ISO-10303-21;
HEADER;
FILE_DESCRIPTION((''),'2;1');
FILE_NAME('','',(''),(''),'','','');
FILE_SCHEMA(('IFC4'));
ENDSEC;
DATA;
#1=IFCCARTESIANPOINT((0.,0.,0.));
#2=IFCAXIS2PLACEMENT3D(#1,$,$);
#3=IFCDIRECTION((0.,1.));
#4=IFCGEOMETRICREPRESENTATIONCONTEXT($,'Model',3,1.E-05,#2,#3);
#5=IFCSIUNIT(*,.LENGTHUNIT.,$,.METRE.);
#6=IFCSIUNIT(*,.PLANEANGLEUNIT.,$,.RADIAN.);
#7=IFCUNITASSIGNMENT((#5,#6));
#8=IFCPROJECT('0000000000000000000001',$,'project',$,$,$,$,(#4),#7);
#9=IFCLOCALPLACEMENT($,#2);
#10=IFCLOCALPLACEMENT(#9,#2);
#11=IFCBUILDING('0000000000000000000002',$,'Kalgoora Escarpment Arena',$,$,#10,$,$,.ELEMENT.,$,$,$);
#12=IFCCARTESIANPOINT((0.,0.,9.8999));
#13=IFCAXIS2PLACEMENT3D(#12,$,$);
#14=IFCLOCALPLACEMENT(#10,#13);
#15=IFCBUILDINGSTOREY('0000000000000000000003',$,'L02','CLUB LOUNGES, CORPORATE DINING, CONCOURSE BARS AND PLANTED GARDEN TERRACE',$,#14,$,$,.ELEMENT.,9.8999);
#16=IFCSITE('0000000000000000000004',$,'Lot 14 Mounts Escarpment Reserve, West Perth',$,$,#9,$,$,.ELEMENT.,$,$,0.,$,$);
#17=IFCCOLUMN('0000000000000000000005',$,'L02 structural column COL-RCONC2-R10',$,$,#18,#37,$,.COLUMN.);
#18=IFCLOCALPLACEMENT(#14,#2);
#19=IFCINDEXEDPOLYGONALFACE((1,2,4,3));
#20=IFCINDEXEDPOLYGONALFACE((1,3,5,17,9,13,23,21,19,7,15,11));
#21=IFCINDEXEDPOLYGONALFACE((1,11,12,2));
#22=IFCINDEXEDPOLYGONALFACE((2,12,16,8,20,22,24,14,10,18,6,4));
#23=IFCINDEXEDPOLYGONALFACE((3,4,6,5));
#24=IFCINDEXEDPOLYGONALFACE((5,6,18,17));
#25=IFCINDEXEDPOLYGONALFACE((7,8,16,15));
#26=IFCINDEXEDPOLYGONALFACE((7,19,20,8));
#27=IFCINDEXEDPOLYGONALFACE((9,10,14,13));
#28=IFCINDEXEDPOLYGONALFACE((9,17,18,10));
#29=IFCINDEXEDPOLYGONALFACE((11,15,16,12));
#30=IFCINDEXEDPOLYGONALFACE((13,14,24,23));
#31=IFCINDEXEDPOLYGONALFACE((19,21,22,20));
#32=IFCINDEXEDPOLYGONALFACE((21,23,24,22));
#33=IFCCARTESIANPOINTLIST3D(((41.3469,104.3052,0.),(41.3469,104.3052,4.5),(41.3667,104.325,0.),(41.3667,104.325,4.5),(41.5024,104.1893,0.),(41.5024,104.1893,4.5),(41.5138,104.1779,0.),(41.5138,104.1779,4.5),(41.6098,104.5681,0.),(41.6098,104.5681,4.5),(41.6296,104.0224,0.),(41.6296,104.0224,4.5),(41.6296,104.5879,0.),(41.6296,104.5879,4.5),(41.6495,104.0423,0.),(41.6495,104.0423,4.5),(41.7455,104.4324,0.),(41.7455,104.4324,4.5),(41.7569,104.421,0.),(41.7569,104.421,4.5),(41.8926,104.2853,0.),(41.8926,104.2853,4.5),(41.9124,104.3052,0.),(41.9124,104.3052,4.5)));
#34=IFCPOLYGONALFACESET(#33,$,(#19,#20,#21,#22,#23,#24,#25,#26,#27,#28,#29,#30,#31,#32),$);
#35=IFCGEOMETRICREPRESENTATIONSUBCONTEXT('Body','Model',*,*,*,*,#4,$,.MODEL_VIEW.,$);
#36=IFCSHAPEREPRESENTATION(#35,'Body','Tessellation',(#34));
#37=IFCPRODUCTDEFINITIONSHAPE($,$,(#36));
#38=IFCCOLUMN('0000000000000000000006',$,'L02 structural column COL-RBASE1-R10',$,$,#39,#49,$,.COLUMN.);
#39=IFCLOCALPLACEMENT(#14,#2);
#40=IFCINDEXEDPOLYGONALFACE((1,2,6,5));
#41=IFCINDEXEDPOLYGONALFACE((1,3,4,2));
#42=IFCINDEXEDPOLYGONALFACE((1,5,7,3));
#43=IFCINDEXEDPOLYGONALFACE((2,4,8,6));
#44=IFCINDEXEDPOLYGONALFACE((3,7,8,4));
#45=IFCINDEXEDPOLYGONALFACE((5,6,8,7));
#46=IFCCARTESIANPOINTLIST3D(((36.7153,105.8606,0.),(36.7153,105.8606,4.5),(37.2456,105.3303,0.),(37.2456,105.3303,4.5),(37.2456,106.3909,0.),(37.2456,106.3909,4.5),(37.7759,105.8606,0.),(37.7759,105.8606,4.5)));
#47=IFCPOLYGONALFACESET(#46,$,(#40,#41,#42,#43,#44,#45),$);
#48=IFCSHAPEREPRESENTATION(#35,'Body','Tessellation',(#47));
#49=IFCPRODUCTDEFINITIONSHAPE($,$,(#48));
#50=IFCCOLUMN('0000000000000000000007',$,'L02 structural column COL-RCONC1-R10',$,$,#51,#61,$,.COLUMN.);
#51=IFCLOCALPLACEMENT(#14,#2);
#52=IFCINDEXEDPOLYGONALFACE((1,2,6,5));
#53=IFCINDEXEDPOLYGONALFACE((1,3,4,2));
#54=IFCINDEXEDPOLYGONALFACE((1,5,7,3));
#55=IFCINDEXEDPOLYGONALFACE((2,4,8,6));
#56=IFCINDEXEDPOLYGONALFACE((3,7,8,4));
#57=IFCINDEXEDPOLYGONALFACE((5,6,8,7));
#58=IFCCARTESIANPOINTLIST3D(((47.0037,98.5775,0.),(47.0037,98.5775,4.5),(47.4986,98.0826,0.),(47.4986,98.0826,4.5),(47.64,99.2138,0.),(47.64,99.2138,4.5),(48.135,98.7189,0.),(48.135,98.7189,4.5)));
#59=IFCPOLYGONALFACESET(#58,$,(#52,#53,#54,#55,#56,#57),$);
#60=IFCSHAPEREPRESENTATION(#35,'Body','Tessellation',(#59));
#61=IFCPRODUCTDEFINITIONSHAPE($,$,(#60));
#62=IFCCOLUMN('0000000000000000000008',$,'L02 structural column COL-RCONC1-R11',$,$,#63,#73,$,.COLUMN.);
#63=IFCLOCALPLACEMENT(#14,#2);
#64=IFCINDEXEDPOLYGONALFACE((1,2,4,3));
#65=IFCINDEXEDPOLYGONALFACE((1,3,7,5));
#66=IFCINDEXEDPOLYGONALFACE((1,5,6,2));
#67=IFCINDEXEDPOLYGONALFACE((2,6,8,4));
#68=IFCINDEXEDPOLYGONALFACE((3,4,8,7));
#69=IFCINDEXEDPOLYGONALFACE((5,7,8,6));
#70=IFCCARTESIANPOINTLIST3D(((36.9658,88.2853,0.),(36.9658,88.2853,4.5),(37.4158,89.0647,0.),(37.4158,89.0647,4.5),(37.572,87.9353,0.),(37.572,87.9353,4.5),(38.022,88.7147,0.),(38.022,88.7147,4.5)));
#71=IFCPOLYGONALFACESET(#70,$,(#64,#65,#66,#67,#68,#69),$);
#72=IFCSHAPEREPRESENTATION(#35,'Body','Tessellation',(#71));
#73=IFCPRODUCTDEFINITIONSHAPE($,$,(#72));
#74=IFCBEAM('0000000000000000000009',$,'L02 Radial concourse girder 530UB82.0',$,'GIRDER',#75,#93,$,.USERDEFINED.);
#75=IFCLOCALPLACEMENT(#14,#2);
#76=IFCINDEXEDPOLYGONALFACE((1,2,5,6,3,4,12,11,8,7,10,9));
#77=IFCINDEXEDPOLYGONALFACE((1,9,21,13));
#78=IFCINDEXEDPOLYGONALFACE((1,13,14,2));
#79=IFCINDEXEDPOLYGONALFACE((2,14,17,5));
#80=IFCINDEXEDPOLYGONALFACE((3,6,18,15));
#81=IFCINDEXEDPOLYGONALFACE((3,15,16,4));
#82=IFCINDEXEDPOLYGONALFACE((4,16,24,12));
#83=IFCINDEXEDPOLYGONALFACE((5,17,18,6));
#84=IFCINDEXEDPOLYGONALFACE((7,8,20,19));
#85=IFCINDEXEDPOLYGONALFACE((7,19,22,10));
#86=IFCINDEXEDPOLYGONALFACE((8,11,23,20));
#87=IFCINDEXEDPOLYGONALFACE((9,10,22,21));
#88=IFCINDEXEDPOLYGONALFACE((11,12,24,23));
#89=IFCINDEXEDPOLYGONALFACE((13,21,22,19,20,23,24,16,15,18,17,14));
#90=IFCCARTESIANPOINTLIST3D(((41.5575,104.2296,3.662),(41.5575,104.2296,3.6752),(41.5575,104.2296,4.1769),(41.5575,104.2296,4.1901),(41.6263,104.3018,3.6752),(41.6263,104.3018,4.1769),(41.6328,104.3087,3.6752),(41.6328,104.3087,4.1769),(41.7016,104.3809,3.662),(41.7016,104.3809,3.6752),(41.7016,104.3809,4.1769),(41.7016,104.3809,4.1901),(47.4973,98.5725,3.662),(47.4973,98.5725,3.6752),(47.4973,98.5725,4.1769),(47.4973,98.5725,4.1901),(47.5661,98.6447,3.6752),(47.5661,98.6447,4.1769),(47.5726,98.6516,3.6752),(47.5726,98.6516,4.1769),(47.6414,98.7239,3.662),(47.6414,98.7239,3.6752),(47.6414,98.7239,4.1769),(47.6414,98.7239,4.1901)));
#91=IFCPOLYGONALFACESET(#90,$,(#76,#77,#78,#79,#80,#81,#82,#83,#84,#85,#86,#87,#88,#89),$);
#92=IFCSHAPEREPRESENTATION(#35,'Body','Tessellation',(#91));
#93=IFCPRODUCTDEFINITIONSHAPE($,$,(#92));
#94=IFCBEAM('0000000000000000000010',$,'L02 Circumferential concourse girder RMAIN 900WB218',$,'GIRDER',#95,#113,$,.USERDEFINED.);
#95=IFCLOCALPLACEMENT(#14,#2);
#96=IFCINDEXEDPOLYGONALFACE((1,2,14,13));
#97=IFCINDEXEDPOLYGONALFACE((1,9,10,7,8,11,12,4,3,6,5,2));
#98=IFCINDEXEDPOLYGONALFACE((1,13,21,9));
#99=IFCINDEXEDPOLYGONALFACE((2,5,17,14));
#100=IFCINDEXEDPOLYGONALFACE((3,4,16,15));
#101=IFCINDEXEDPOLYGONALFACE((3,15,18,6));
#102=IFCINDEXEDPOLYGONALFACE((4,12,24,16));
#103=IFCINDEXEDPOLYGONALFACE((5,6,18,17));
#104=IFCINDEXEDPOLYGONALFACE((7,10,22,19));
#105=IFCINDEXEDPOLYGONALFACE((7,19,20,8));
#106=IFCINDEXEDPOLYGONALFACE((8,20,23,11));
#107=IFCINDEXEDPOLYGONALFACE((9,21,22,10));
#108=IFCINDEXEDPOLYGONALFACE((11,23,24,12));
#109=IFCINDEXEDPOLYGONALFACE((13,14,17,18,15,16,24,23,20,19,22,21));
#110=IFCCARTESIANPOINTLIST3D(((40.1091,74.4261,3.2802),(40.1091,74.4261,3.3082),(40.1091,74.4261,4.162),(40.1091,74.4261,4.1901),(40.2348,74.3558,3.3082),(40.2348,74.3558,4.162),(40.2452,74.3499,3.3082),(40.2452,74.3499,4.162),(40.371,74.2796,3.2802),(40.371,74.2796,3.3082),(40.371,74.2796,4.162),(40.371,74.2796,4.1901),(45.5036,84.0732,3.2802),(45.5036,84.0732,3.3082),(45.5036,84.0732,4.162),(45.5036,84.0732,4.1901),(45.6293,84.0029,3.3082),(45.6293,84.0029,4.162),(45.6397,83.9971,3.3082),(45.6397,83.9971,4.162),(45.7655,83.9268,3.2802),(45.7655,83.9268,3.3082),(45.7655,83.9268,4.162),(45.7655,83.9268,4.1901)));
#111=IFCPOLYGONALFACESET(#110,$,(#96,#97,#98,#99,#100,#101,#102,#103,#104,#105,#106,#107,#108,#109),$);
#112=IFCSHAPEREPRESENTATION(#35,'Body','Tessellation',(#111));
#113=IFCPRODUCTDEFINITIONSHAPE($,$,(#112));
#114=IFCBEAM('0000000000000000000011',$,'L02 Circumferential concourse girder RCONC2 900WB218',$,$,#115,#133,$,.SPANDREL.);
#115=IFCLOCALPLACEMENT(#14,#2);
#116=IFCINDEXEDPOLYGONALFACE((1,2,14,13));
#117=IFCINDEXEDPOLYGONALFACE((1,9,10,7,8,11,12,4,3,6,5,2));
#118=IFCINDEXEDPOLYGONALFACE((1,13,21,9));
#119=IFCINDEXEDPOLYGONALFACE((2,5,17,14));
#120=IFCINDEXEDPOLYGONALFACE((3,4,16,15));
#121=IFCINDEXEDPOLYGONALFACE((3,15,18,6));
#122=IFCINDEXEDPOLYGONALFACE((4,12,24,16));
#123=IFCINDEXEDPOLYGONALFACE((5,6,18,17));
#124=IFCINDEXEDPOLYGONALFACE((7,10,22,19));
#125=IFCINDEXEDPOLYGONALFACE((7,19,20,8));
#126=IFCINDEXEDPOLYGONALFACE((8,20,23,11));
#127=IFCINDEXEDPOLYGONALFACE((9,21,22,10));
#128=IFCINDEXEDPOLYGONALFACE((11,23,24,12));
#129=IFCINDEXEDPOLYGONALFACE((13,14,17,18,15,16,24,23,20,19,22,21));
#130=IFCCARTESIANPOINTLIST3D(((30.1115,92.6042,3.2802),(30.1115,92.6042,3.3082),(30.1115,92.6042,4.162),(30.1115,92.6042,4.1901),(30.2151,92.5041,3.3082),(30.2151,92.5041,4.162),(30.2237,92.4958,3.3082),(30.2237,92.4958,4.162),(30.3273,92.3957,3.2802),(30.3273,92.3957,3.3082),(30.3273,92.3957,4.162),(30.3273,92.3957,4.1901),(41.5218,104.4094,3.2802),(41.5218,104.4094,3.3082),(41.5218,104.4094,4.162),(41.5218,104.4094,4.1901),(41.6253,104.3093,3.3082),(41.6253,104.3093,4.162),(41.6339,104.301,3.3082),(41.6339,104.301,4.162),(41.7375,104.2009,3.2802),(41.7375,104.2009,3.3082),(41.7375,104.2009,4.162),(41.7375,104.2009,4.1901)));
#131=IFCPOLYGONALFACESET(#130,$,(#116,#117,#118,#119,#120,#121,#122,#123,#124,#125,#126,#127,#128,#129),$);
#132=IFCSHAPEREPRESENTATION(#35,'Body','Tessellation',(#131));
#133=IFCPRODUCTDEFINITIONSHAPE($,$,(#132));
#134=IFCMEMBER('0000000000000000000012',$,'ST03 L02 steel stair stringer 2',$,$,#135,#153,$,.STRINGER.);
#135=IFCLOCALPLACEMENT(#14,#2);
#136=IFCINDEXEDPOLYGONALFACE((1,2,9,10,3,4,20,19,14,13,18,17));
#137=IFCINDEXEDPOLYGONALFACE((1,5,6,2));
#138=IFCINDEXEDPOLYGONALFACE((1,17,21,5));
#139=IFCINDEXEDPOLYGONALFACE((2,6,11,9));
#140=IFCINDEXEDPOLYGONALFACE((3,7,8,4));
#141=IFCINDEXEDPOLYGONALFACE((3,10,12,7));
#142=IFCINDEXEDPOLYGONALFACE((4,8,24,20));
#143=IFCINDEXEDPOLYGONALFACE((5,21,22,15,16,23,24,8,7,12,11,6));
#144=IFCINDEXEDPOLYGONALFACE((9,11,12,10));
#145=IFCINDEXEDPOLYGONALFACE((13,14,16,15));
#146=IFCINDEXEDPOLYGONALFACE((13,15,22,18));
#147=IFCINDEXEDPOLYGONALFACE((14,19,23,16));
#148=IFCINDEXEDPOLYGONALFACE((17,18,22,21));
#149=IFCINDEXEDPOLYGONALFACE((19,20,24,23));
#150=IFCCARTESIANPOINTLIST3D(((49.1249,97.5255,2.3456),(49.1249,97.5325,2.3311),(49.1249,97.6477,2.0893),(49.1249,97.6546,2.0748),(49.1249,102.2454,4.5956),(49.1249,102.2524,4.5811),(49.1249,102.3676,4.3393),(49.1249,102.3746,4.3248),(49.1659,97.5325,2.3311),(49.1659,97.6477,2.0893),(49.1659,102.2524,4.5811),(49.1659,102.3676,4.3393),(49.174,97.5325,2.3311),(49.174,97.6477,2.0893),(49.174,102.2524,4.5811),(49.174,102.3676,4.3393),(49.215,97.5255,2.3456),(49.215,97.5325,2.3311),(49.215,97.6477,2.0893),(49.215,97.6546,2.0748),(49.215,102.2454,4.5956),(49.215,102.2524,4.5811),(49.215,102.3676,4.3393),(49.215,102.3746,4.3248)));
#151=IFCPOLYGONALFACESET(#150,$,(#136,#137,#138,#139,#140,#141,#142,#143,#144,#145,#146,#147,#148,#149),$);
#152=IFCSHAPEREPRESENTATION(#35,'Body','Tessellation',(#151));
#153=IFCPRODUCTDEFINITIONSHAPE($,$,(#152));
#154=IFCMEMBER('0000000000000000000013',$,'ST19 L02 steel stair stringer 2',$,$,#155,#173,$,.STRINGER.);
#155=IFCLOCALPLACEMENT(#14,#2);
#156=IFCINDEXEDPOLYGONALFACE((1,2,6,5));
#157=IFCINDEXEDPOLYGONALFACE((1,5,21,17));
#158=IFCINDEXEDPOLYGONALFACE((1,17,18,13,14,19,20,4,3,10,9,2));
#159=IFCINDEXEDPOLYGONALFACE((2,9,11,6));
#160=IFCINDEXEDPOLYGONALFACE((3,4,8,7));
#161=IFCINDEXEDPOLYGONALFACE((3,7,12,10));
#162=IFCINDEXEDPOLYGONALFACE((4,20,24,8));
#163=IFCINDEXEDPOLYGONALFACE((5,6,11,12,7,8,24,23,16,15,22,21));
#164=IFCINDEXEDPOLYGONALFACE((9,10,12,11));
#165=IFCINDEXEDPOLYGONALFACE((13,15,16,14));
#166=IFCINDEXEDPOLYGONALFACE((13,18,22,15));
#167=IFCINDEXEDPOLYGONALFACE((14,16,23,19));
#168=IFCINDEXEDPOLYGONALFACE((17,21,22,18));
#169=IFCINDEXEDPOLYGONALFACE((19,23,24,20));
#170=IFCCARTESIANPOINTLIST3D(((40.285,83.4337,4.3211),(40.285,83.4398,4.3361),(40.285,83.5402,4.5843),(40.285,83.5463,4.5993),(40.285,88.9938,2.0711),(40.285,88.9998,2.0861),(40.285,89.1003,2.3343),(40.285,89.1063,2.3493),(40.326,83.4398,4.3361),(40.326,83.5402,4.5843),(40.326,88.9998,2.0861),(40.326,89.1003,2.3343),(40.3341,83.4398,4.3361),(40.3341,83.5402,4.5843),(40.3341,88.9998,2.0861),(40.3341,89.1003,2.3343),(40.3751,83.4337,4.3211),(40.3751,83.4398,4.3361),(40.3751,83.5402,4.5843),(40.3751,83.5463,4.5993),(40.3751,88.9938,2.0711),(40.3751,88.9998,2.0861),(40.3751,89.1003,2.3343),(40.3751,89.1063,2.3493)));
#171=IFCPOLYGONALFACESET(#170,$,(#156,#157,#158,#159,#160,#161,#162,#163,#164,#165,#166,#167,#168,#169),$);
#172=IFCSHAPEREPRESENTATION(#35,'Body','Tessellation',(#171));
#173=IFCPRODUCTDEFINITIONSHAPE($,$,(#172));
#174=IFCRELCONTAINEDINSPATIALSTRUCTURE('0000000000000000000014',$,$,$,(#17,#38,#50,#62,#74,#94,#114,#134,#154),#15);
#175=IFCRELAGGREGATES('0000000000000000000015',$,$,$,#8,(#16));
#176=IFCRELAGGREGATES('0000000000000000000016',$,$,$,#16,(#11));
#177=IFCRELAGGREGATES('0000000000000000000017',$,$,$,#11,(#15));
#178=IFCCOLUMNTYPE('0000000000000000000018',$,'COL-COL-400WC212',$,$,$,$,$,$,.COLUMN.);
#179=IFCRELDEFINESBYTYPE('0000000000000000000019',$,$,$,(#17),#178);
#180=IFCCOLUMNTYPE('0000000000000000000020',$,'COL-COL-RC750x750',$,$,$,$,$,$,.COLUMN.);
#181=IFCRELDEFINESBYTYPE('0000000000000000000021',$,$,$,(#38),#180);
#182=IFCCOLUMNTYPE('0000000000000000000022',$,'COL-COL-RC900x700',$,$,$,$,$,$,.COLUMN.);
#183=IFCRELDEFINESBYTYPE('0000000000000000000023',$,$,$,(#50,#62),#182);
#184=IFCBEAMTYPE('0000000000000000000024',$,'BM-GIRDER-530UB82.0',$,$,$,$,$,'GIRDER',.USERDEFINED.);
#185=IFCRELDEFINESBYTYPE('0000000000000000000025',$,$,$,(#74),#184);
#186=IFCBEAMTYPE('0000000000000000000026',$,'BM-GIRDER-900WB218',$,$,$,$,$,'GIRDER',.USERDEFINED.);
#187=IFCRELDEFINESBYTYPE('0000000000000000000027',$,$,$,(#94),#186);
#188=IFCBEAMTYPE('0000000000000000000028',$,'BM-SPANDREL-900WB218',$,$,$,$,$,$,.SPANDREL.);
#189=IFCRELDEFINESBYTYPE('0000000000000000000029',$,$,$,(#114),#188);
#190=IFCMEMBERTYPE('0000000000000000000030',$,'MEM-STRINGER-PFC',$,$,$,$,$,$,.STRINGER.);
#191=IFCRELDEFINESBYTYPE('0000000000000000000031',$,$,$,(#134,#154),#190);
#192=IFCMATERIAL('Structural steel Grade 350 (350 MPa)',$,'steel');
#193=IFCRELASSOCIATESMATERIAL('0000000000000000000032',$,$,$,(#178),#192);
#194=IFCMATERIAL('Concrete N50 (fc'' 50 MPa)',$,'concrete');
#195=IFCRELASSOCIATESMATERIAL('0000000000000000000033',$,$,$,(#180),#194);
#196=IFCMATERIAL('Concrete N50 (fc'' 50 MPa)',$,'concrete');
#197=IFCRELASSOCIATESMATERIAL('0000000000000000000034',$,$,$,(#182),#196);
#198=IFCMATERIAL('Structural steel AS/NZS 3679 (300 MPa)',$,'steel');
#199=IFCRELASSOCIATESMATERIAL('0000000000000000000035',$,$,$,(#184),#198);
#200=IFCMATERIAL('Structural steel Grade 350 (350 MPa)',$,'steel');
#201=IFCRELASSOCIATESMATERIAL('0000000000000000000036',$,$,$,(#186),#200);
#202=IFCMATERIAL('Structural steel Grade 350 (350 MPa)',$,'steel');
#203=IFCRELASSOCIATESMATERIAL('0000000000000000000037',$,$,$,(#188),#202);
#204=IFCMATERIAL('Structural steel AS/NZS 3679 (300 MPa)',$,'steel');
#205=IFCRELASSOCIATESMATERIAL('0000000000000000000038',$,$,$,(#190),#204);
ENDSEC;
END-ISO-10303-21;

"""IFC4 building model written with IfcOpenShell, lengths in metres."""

from ifc_helpers import new_model, si_unit, direction, frame, origin, origin_2d, place, context, subcontext, project, spatial, rectangle, i_section, extrude, material, material_profile, profile_set, type_object, element, save


model = new_model("IFC4")

# Units and contexts
model_context = context("Model", 3, precision=1e-05, world=origin(), true_north=direction((0.0, 1.0)))
body_context = subcontext(model_context, "Body", "Model", "MODEL_VIEW")
ifc_project = project(units=[si_unit("LENGTHUNIT", "METRE"), si_unit("PLANEANGLEUNIT", "RADIAN")], contexts=[model_context])

# Site, building, storey
site_placement = place(None, origin())
site = spatial("IfcSite", under=ifc_project, at=site_placement, Name="Lot 14 Mounts Escarpment Reserve, West Perth", CompositionType="ELEMENT", RefElevation=0.0)
building_placement = place(site_placement, origin())
building = spatial("IfcBuilding", under=site, at=building_placement, Name="Kalgoora Escarpment Arena", CompositionType="ELEMENT")
storey_placement = place(building_placement, frame((0.0, 0.0, 9.8999)))
storey = spatial("IfcBuildingStorey", under=building, at=storey_placement, Name="L02", Description="CLUB LOUNGES, CORPORATE DINING, CONCOURSE BARS AND PLANTED GARDEN TERRACE", CompositionType="ELEMENT", Elevation=9.8999)

# Columns
ifc_material_1 = material(Name="Structural steel Grade 350 (350 MPa)", Category="steel")
ifc_material_profile_1 = material_profile(ifc_material_1, i_section(OverallWidth=0.3999, OverallDepth=0.3999, WebThickness=0.0161, FlangeThickness=0.0281, at=origin_2d()))
ifc_profile_set_1 = profile_set([ifc_material_profile_1], Name="Structural steel Grade 350 (350 MPa)")
column_type_1 = type_object("IfcColumnType", Name="COL-COL-400WC212", PredefinedType="COLUMN", material=ifc_profile_set_1)
column_1_placement = place(storey_placement, frame((41.6296, 104.3052, 0.0), z_axis=(0.0, 0.0, 1.0), x_axis=(-0.707107, 0.707107, 0.0)))
element("IfcColumn", 1, at=column_1_placement, inside=storey, type_object=column_type_1, Name="L02 structural column COL-RCONC2-R10", PredefinedType="COLUMN", context=body_context, shape_type="SweptSolid", body=[
    extrude(i_section(OverallWidth=0.3999, OverallDepth=0.3999, WebThickness=0.0161, FlangeThickness=0.0281, at=origin_2d()), origin(), (0.0, 0.0, 1.0), 4.5),
])
ifc_material_2 = material(Name="Concrete N50 (fc' 50 MPa)", Category="concrete")
ifc_material_profile_2 = material_profile(ifc_material_2, rectangle(XDim=0.75, YDim=0.75, at=origin_2d()))
ifc_profile_set_2 = profile_set([ifc_material_profile_2], Name="Concrete N50 (fc' 50 MPa)")
column_type_2 = type_object("IfcColumnType", Name="COL-COL-RC750x750", PredefinedType="COLUMN", material=ifc_profile_set_2)
column_2_placement = place(storey_placement, frame((37.2456, 105.8606, 0.0), z_axis=(0.0, 0.0, 1.0), x_axis=(-0.707107, 0.707107, 0.0)))
element("IfcColumn", 2, at=column_2_placement, inside=storey, type_object=column_type_2, Name="L02 structural column COL-RBASE1-R10", PredefinedType="COLUMN", context=body_context, shape_type="SweptSolid", body=[
    extrude(rectangle(XDim=0.75, YDim=0.75, at=origin_2d()), origin(), (0.0, 0.0, 1.0), 4.5),
])
ifc_material_3 = material(Name="Concrete N50 (fc' 50 MPa)", Category="concrete")
ifc_material_profile_3 = material_profile(ifc_material_3, rectangle(XDim=0.7, YDim=0.8999, at=origin_2d()))
ifc_profile_set_3 = profile_set([ifc_material_profile_3], Name="Concrete N50 (fc' 50 MPa)")
column_type_3 = type_object("IfcColumnType", Name="COL-COL-RC900x700", PredefinedType="COLUMN", material=ifc_profile_set_3)
for number, where, z_axis, x_axis, name in (
    (3, (47.5693, 98.6482, 0.0), (0.0, 0.0, 1.0), (-0.707107, 0.707107, 0.0), "L02 structural column COL-RCONC1-R10"),
    (4, (37.4939, 88.5, 0.0), (0.0, 0.0, 1.0), (-0.866025, 0.5, 0.0), "L02 structural column COL-RCONC1-R11"),
):
    element("IfcColumn", number, at=place(storey_placement, frame(where, z_axis=z_axis, x_axis=x_axis)), inside=storey, type_object=column_type_3, Name=name, PredefinedType="COLUMN", context=body_context, shape_type="SweptSolid", body=[
        extrude(rectangle(XDim=0.7, YDim=0.8999, at=origin_2d()), origin(), (0.0, 0.0, 1.0), 4.5),
    ])

# Beams
ifc_material_4 = material(Name="Structural steel AS/NZS 3679 (300 MPa)", Category="steel")
ifc_material_profile_4 = material_profile(ifc_material_4, i_section(OverallWidth=0.209, OverallDepth=0.5281, WebThickness=0.0095, FlangeThickness=0.0132, at=origin_2d()))
ifc_profile_set_4 = profile_set([ifc_material_profile_4], Name="Structural steel AS/NZS 3679 (300 MPa)")
beam_type_1 = type_object("IfcBeamType", Name="BM-GIRDER-530UB82.0", ElementType="GIRDER", PredefinedType="USERDEFINED", material=ifc_profile_set_4)
beam_1_placement = place(storey_placement, frame((47.5693, 98.6482, 3.926), z_axis=(-0.72413, 0.689663, 0.0), x_axis=(-0.689663, -0.72413, 0.0)))
element("IfcBeam", 5, at=beam_1_placement, inside=storey, type_object=beam_type_1, Name="L02 Radial concourse girder 530UB82.0", ObjectType="GIRDER", PredefinedType="USERDEFINED", context=body_context, shape_type="SweptSolid", body=[
    extrude(i_section(OverallWidth=0.209, OverallDepth=0.5281, WebThickness=0.0095, FlangeThickness=0.0132, at=origin_2d()), origin(), (0.0, 0.0, 1.0), 8.2026),
])
ifc_material_5 = material(Name="Structural steel Grade 350 (350 MPa)", Category="steel")
ifc_material_profile_5 = material_profile(ifc_material_5, i_section(OverallWidth=0.3, OverallDepth=0.9099, WebThickness=0.012, FlangeThickness=0.0281, at=origin_2d()))
ifc_profile_set_5 = profile_set([ifc_material_profile_5], Name="Structural steel Grade 350 (350 MPa)")
beam_type_2 = type_object("IfcBeamType", Name="BM-GIRDER-900WB218", ElementType="GIRDER", PredefinedType="USERDEFINED", material=ifc_profile_set_5)
beam_2_placement = place(storey_placement, frame((45.6345, 84.0, 3.7351), z_axis=(-0.488058, -0.872811, 0.0), x_axis=(0.872811, -0.488058, 0.0)))
element("IfcBeam", 6, at=beam_2_placement, inside=storey, type_object=beam_type_2, Name="L02 Circumferential concourse girder RMAIN 900WB218", ObjectType="GIRDER", PredefinedType="USERDEFINED", context=body_context, shape_type="SweptSolid", body=[
    extrude(i_section(OverallWidth=0.3, OverallDepth=0.9099, WebThickness=0.012, FlangeThickness=0.0281, at=origin_2d()), origin(), (0.0, 0.0, 1.0), 11.053),
])
ifc_material_6 = material(Name="Structural steel Grade 350 (350 MPa)", Category="steel")
ifc_material_profile_6 = material_profile(ifc_material_6, i_section(OverallWidth=0.3, OverallDepth=0.9099, WebThickness=0.012, FlangeThickness=0.0281, at=origin_2d()))
ifc_profile_set_6 = profile_set([ifc_material_profile_6], Name="Structural steel Grade 350 (350 MPa)")
beam_type_3 = type_object("IfcBeamType", Name="BM-SPANDREL-900WB218", PredefinedType="SPANDREL", material=ifc_profile_set_6)
beam_3_placement = place(storey_placement, frame((41.6296, 104.3052, 3.7351), z_axis=(-0.694974, -0.719034, 0.0), x_axis=(0.719034, -0.694974, 0.0)))
element("IfcBeam", 7, at=beam_3_placement, inside=storey, type_object=beam_type_3, Name="L02 Circumferential concourse girder RCONC2 900WB218", PredefinedType="SPANDREL", context=body_context, shape_type="SweptSolid", body=[
    extrude(i_section(OverallWidth=0.3, OverallDepth=0.9099, WebThickness=0.012, FlangeThickness=0.0281, at=origin_2d()), origin(), (0.0, 0.0, 1.0), 16.4182),
])

# Members
ifc_material_7 = material(Name="Structural steel AS/NZS 3679 (300 MPa)", Category="steel")
ifc_material_profile_7 = material_profile(ifc_material_7, i_section(OverallWidth=0.0901, OverallDepth=0.3, WebThickness=0.0081, FlangeThickness=0.0161, at=origin_2d()))
ifc_profile_set_7 = profile_set([ifc_material_profile_7], Name="Structural steel AS/NZS 3679 (300 MPa)")
member_type = type_object("IfcMemberType", Name="MEM-STRINGER-PFC", PredefinedType="STRINGER", material=ifc_profile_set_7)
member_1_placement = place(storey_placement, frame((49.1699, 97.5901, 2.2102), z_axis=(0.0, 0.902683, 0.430307), x_axis=(-1.0, 0.0, 0.0)))
element("IfcMember", 8, at=member_1_placement, inside=storey, type_object=member_type, Name="ST03 L02 steel stair stringer 2", PredefinedType="STRINGER", context=body_context, shape_type="SweptSolid", body=[
    extrude(i_section(OverallWidth=0.0901, OverallDepth=0.3, WebThickness=0.0081, FlangeThickness=0.0161, at=origin_2d()), origin(), (0.0, 0.0, 1.0), 5.2288),
])
member_2_placement = place(storey_placement, frame((40.3301, 89.05, 2.2102), z_axis=(0.0, -0.926976, 0.375121), x_axis=(1.0, 0.0, 0.0)))
element("IfcMember", 9, at=member_2_placement, inside=storey, type_object=member_type, Name="ST19 L02 steel stair stringer 2", PredefinedType="STRINGER", context=body_context, shape_type="SweptSolid", body=[
    extrude(i_section(OverallWidth=0.0901, OverallDepth=0.3, WebThickness=0.0081, FlangeThickness=0.0161, at=origin_2d()), origin(), (0.0, 0.0, 1.0), 5.998),
])

save(model, "model.ifc")
